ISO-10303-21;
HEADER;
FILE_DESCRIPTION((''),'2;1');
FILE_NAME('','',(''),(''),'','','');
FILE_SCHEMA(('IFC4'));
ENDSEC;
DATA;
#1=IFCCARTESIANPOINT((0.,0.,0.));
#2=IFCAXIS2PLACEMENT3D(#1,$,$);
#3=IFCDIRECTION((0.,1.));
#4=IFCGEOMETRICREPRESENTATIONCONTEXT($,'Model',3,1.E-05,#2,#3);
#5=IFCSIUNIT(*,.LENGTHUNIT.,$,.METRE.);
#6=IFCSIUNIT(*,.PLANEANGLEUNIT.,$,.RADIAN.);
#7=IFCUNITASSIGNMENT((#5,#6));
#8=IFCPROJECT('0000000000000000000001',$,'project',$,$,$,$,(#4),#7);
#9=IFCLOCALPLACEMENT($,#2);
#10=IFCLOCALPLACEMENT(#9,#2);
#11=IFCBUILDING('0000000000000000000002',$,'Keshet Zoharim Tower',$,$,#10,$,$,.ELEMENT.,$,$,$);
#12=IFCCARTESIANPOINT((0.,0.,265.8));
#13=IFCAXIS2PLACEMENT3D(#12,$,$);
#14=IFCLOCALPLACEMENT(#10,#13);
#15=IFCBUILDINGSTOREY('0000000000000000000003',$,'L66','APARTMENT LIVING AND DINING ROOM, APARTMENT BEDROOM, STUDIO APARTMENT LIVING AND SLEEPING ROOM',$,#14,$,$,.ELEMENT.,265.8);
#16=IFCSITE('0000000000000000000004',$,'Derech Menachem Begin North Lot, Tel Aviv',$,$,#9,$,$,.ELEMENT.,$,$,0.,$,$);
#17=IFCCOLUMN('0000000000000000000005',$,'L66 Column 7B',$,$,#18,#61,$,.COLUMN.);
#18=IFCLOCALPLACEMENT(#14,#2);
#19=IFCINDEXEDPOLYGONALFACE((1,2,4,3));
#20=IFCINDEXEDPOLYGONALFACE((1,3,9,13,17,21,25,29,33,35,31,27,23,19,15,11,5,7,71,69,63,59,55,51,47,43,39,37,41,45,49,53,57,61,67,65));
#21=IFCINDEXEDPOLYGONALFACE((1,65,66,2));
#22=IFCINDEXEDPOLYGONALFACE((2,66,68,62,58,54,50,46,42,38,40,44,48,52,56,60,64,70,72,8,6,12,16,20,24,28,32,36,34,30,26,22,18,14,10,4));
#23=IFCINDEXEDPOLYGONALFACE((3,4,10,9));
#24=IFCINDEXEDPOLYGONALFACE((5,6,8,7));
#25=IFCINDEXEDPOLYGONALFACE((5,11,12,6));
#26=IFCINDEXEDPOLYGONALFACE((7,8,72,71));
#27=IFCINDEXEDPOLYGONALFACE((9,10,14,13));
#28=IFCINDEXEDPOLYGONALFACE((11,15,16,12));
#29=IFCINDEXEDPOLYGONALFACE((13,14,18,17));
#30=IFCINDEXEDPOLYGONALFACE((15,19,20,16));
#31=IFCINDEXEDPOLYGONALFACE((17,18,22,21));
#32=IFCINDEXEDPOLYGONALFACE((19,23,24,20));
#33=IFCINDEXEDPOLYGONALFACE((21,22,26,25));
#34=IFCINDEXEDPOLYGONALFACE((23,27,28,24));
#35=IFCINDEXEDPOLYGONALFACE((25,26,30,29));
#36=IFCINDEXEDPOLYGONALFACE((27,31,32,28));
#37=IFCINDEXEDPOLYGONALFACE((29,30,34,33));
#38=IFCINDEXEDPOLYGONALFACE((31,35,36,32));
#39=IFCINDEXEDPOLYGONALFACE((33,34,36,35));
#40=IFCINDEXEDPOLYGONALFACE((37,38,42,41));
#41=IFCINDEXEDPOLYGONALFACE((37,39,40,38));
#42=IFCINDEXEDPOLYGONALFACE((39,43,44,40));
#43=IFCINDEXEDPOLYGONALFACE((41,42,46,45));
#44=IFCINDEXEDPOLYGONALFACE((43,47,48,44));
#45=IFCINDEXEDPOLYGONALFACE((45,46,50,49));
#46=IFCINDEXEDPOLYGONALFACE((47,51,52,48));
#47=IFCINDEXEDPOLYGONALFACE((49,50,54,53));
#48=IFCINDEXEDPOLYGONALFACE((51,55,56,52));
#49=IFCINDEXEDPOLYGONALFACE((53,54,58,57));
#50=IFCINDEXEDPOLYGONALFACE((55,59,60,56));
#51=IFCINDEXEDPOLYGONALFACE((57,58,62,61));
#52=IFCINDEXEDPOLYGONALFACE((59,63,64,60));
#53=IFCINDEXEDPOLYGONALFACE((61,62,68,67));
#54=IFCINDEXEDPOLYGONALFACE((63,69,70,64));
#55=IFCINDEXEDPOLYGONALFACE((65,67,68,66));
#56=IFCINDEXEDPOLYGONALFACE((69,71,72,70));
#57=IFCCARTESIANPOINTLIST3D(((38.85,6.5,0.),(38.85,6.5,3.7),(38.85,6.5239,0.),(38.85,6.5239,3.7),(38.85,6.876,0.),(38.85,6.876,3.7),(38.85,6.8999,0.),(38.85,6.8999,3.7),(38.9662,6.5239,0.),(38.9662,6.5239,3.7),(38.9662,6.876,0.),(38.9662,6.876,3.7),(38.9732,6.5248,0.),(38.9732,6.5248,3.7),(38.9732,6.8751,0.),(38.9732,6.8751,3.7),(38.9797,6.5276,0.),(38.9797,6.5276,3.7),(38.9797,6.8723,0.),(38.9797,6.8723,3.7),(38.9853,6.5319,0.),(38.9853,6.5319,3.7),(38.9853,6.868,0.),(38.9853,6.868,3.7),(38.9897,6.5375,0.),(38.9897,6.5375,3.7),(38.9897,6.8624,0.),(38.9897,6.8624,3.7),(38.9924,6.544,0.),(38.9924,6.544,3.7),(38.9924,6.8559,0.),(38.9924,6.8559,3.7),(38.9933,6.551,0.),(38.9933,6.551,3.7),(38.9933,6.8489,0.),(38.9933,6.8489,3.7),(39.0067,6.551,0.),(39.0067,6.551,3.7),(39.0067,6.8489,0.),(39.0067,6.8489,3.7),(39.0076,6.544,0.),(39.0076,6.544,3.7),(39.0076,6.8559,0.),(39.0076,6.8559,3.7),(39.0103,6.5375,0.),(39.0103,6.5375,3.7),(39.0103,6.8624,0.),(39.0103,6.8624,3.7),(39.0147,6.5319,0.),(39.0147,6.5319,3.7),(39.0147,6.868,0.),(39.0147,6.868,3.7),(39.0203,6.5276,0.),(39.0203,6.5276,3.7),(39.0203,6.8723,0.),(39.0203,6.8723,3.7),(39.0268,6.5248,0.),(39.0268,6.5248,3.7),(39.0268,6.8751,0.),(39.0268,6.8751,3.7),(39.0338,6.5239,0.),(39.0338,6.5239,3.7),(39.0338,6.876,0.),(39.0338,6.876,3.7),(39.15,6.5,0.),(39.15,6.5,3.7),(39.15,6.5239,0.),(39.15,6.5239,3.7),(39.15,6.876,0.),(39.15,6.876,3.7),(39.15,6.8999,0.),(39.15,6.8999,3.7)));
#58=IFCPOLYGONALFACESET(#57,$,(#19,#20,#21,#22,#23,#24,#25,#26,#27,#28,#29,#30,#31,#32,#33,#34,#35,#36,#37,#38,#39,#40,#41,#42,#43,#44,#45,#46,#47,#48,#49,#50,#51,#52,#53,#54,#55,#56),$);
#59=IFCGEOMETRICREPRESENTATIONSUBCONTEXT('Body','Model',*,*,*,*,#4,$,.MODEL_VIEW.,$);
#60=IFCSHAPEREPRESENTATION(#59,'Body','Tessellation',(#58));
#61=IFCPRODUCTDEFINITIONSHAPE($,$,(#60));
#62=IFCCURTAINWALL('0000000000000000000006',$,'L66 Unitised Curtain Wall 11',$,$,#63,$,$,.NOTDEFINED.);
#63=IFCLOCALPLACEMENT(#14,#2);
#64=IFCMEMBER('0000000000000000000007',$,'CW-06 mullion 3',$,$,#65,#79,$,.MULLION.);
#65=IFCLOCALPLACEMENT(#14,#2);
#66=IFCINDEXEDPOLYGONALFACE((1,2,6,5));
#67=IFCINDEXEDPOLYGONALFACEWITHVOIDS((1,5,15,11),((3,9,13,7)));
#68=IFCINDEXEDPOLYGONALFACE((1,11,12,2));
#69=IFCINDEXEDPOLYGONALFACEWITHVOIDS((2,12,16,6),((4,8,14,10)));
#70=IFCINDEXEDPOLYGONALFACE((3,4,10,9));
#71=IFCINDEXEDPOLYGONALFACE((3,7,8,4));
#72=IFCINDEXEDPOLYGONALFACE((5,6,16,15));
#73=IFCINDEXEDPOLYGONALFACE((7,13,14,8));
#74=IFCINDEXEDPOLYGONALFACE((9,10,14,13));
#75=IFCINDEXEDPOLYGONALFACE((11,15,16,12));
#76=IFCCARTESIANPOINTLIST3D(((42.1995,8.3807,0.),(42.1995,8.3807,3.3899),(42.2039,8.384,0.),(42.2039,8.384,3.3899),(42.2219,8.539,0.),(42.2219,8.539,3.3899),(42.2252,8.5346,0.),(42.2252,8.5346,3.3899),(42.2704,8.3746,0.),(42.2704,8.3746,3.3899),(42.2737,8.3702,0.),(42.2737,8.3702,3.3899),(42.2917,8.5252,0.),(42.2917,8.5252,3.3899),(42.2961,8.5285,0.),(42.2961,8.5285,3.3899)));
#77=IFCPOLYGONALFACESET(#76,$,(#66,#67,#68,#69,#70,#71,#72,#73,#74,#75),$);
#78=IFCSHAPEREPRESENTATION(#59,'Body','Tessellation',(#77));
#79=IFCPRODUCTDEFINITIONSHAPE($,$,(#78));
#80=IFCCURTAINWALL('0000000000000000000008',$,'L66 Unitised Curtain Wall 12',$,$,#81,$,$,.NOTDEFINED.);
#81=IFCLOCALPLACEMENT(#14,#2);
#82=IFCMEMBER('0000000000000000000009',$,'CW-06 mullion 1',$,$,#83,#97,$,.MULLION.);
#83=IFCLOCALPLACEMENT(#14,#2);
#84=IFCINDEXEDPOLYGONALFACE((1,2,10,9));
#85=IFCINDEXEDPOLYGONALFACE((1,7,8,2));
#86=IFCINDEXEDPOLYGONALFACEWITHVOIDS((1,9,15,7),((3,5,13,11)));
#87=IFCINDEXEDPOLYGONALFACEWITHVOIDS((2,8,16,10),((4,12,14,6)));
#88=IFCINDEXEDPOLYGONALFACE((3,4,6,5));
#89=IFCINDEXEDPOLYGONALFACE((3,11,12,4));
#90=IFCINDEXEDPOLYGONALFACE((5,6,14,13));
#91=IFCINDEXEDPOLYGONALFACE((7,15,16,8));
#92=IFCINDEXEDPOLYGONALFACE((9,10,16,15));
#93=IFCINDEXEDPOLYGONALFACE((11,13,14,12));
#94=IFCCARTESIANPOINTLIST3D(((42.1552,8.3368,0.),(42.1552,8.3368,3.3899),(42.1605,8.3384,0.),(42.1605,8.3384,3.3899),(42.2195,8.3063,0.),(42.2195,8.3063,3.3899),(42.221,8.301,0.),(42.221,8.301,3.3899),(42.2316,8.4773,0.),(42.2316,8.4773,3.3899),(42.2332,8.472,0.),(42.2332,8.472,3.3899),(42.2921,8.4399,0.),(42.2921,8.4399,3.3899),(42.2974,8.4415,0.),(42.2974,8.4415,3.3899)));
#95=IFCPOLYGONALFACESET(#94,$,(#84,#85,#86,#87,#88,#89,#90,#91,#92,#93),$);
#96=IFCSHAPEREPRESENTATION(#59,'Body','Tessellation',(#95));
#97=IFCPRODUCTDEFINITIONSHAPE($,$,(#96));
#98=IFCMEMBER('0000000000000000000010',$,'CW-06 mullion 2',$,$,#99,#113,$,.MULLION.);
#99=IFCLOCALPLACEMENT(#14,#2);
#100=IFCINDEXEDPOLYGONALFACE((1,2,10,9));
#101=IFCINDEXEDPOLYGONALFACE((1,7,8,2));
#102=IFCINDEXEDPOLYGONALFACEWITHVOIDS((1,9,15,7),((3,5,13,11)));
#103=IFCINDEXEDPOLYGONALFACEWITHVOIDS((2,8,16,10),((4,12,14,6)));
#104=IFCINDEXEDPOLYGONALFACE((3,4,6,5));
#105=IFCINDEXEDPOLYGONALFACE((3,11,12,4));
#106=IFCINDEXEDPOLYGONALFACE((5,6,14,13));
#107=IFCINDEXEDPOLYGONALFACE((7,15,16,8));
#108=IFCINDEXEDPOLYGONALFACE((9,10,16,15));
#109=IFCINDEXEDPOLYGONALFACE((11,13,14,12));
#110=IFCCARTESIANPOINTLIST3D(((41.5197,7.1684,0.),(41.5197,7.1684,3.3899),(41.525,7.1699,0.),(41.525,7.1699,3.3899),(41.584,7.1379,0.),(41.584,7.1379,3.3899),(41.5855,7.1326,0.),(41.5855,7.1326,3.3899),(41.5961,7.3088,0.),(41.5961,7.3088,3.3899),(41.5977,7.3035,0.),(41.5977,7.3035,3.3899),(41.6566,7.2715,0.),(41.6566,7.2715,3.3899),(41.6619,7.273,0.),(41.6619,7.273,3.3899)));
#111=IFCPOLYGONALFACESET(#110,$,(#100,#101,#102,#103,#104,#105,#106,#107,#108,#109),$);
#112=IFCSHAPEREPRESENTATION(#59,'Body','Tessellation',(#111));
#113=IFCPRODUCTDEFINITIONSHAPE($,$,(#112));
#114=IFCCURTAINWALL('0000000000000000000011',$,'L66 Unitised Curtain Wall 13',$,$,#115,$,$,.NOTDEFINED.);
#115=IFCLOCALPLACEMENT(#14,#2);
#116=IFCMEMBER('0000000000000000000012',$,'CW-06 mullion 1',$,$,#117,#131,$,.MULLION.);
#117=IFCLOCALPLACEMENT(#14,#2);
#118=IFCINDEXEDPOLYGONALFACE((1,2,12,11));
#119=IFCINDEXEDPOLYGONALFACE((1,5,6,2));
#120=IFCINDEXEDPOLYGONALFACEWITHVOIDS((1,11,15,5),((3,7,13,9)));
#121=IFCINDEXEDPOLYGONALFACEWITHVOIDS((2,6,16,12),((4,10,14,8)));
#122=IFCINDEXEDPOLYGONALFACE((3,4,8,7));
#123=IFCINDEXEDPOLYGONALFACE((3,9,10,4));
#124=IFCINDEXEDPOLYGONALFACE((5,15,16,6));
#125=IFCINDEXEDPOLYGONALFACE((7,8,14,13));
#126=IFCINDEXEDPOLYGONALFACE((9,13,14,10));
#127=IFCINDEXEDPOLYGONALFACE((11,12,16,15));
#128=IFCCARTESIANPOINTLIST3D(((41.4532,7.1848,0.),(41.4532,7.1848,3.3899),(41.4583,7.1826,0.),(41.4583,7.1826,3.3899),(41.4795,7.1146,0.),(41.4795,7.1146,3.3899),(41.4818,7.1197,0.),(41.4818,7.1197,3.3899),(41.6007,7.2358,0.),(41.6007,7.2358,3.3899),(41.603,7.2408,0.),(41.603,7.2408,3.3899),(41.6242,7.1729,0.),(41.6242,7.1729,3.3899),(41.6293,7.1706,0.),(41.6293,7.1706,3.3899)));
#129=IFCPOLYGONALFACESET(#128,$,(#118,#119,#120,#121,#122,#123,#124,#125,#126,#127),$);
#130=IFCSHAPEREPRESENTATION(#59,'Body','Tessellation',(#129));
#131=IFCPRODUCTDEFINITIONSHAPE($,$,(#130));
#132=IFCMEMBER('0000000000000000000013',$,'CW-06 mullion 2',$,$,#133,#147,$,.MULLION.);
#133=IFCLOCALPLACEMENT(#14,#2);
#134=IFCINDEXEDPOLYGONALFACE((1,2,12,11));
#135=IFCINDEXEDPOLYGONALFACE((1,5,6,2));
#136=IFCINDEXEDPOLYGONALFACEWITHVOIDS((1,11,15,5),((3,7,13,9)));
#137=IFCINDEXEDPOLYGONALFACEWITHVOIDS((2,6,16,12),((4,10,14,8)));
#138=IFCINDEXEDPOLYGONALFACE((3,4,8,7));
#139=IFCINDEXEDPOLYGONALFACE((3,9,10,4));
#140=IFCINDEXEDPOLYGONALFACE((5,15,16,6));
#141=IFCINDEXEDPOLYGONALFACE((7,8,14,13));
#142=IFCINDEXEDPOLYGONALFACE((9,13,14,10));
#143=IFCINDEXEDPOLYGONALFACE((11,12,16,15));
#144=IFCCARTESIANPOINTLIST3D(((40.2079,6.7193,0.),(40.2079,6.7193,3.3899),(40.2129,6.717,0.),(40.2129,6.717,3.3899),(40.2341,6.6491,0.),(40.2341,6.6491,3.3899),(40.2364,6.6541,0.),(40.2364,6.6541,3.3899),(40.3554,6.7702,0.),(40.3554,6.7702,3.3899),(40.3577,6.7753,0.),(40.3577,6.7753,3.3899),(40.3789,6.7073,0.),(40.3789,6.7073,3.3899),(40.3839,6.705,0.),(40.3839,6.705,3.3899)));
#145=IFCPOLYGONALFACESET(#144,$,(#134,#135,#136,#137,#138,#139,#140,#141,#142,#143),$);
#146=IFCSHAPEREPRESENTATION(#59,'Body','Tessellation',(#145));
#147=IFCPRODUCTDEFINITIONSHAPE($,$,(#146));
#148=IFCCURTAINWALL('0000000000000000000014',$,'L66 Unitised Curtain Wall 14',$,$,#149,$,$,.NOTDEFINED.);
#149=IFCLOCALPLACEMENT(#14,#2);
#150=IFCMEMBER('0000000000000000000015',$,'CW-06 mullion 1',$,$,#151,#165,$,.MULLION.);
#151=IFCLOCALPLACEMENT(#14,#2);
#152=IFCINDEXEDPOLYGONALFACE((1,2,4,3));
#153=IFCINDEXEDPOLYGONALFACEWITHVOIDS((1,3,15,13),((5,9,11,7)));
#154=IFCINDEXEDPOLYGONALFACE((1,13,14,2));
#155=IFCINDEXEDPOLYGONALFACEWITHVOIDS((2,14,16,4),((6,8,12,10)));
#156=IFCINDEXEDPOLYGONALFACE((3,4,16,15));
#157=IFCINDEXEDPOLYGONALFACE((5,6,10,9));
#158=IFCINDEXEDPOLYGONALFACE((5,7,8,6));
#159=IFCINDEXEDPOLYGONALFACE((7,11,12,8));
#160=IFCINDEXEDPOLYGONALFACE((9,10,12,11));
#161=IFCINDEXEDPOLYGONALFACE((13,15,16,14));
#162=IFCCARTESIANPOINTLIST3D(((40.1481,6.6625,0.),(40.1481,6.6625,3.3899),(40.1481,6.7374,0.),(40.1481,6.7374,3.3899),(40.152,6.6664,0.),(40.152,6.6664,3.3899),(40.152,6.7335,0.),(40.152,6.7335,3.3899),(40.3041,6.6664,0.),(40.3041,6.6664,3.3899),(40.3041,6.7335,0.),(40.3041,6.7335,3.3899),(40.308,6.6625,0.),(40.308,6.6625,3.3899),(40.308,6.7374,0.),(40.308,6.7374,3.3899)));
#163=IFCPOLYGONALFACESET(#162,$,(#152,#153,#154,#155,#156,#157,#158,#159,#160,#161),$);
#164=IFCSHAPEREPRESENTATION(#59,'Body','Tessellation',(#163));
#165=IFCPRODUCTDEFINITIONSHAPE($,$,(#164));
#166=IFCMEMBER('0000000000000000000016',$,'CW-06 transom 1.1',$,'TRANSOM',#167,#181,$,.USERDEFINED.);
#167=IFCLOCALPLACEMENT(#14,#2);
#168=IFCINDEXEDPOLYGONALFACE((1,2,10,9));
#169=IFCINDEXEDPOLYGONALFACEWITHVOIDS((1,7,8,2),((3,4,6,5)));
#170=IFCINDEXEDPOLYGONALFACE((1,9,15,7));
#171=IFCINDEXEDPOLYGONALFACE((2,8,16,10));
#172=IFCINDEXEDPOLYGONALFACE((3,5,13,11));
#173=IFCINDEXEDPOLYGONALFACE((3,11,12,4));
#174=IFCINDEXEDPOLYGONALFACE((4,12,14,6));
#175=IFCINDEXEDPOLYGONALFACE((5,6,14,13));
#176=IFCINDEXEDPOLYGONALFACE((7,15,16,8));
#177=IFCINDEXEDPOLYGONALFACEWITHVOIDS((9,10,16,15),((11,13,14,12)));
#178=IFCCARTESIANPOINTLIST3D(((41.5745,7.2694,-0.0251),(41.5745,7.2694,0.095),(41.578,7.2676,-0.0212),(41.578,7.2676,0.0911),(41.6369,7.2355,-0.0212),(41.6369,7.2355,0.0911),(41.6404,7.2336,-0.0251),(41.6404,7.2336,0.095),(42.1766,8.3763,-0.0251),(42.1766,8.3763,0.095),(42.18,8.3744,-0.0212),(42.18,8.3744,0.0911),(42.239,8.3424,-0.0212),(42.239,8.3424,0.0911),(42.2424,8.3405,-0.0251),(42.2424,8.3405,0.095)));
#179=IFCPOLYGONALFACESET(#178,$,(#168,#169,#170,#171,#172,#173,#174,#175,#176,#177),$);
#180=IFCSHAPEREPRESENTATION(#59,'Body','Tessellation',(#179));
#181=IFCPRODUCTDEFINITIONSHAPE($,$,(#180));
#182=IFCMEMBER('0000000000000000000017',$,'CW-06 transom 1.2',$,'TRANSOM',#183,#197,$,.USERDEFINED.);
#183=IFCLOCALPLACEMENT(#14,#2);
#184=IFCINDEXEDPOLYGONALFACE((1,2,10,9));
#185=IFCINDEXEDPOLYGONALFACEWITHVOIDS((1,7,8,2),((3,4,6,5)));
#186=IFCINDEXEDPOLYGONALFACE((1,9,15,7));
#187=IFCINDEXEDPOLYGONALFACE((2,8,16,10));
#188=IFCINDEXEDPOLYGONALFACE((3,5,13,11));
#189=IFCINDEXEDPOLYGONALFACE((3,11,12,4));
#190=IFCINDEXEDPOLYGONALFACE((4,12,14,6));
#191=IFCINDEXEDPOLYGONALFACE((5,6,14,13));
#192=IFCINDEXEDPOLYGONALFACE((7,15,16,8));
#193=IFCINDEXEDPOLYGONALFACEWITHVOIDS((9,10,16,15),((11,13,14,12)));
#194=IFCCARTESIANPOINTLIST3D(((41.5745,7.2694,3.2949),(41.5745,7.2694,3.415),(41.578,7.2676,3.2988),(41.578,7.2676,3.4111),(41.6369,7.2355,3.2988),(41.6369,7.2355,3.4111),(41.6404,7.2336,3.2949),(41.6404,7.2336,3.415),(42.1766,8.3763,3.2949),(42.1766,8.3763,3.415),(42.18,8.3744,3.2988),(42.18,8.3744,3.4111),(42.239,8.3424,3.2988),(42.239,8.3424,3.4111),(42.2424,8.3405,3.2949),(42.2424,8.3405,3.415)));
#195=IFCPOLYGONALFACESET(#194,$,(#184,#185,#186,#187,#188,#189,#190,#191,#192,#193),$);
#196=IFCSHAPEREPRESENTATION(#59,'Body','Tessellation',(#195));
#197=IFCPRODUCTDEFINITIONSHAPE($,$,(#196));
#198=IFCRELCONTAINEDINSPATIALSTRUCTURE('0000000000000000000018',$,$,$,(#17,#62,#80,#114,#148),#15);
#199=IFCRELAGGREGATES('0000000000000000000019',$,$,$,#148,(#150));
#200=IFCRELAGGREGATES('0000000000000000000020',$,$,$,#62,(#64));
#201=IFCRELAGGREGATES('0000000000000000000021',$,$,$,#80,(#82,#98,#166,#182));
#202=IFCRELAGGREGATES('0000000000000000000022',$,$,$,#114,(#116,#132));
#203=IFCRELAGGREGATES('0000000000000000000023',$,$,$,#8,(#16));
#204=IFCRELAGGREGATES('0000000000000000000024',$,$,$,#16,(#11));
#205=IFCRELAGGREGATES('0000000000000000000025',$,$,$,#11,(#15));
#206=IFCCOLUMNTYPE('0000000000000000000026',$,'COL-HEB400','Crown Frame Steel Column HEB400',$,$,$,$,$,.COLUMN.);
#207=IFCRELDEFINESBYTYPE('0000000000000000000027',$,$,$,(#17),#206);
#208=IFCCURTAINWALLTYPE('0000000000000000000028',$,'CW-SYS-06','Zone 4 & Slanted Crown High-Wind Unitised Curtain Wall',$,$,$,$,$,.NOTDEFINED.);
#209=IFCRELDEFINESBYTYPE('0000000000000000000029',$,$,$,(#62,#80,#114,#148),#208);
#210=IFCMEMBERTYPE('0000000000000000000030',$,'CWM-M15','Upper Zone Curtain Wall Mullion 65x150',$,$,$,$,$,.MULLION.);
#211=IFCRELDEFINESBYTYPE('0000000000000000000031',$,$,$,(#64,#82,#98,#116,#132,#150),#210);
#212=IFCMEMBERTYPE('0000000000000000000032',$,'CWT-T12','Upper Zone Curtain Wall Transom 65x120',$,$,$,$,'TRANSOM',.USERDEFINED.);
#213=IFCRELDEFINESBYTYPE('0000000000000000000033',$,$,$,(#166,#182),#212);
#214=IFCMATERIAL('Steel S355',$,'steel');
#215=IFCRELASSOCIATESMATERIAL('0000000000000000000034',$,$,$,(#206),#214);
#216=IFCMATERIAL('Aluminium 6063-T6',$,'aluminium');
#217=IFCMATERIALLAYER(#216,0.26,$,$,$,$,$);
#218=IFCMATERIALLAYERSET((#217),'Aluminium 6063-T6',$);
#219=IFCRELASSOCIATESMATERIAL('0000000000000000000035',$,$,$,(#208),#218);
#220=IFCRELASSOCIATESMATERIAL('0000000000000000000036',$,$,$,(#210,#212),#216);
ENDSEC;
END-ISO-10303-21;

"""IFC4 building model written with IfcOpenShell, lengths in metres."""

from ifc_helpers import new_model, si_unit, direction, frame, origin, origin_2d, place, context, subcontext, project, spatial, hollow_rectangle, i_section, extrude, material, layer, layer_set, material_profile, profile_set, type_object, element, aggregate, save


model = new_model("IFC4")

# Units and contexts
model_context = context("Model", 3, precision=1e-05, world=origin(), true_north=direction((0.0, 1.0)))
body_context = subcontext(model_context, "Body", "Model", "MODEL_VIEW")
ifc_project = project(units=[si_unit("LENGTHUNIT", "METRE"), si_unit("PLANEANGLEUNIT", "RADIAN")], contexts=[model_context])

# Site, building, storey
site_placement = place(None, origin())
site = spatial("IfcSite", under=ifc_project, at=site_placement, Name="Derech Menachem Begin North Lot, Tel Aviv", CompositionType="ELEMENT", RefElevation=0.0)
building_placement = place(site_placement, origin())
building = spatial("IfcBuilding", under=site, at=building_placement, Name="Keshet Zoharim Tower", CompositionType="ELEMENT")
storey_placement = place(building_placement, frame((0.0, 0.0, 265.8)))
storey = spatial("IfcBuildingStorey", under=building, at=storey_placement, Name="L66", Description="APARTMENT LIVING AND DINING ROOM, APARTMENT BEDROOM, STUDIO APARTMENT LIVING AND SLEEPING ROOM", CompositionType="ELEMENT", Elevation=265.8)

# Column
ifc_material_1 = material(Name="Steel S355", Category="steel")
ifc_material_profile_1 = material_profile(ifc_material_1, i_section(OverallWidth=0.3, OverallDepth=0.3999, WebThickness=0.0134, FlangeThickness=0.0239, FilletRadius=0.0271, at=origin_2d()), Name="HEB400")
ifc_profile_set_1 = profile_set([ifc_material_profile_1], Name="Steel S355")
column_type = type_object("IfcColumnType", Name="COL-HEB400", Description="Crown Frame Steel Column HEB400", PredefinedType="COLUMN", material=ifc_profile_set_1)
column_placement = place(storey_placement, frame((39.0, 6.7, 0.0), z_axis=(0.0, 0.0, 1.0), x_axis=(1.0, 0.0, 0.0)))
element("IfcColumn", 1, at=column_placement, inside=storey, type_object=column_type, Name="L66 Column 7B", PredefinedType="COLUMN", context=body_context, shape_type="SweptSolid", body=[
    extrude(i_section(OverallWidth=0.3, OverallDepth=0.3999, WebThickness=0.0134, FlangeThickness=0.0239, FilletRadius=0.0271, at=origin_2d()), origin(), (0.0, 0.0, 1.0), 3.7),
])

# Curtain wall, member
ifc_material_2 = material(Name="Aluminium 6063-T6", Category="aluminium")
ifc_layer_1 = layer(ifc_material_2, 0.26)
ifc_layer_set_1 = layer_set([ifc_layer_1], Name="Aluminium 6063-T6")
curtain_wall_type = type_object("IfcCurtainWallType", Name="CW-SYS-06", Description="Zone 4 & Slanted Crown High-Wind Unitised Curtain Wall", PredefinedType="NOTDEFINED", material=ifc_layer_set_1)
curtain_wall_1_placement = place(storey_placement, origin())
curtain_wall_1 = element("IfcCurtainWall", 2, at=curtain_wall_1_placement, inside=storey, type_object=curtain_wall_type, Name="L66 Unitised Curtain Wall 11", PredefinedType="NOTDEFINED")
ifc_material_profile_2 = material_profile(ifc_material_2, hollow_rectangle(XDim=0.075, YDim=0.1599, WallThickness=0.0039, at=origin_2d()), Name="MUL-75x160")
ifc_profile_set_2 = profile_set([ifc_material_profile_2], Name="Aluminium 6063-T6")
member_type_1 = type_object("IfcMemberType", Name="CWM-M15", Description="Upper Zone Curtain Wall Mullion 65x150", PredefinedType="MULLION", material=ifc_profile_set_2)
member_1_placement = place(storey_placement, frame((42.2478, 8.4546, 0.0), z_axis=(0.0, 0.0, 1.0), x_axis=(0.990132, -0.140137, 0.0)))
member_1 = element("IfcMember", 3, at=member_1_placement, type_object=member_type_1, Name="CW-06 mullion 3", PredefinedType="MULLION", context=body_context, shape_type="SweptSolid", body=[
    extrude(hollow_rectangle(XDim=0.075, YDim=0.1599, WallThickness=0.0039, at=origin_2d()), origin(), (0.0, 0.0, 1.0), 3.3899),
])

# Curtain walls, members
curtain_wall_2_placement = place(storey_placement, origin())
curtain_wall_2 = element("IfcCurtainWall", 4, at=curtain_wall_2_placement, inside=storey, type_object=curtain_wall_type, Name="L66 Unitised Curtain Wall 12", PredefinedType="NOTDEFINED")
member_2_placement = place(storey_placement, frame((42.2263, 8.3892, 0.0), z_axis=(0.0, 0.0, 1.0), x_axis=(0.878468, -0.477801, 0.0)))
member_2 = element("IfcMember", 5, at=member_2_placement, type_object=member_type_1, Name="CW-06 mullion 1", PredefinedType="MULLION", context=body_context, shape_type="SweptSolid", body=[
    extrude(hollow_rectangle(XDim=0.075, YDim=0.1599, WallThickness=0.0039, at=origin_2d()), origin(), (0.0, 0.0, 1.0), 3.3899),
])
member_3_placement = place(storey_placement, frame((41.5908, 7.2207, 0.0), z_axis=(0.0, 0.0, 1.0), x_axis=(0.878468, -0.477801, 0.0)))
member_3 = element("IfcMember", 6, at=member_3_placement, type_object=member_type_1, Name="CW-06 mullion 2", PredefinedType="MULLION", context=body_context, shape_type="SweptSolid", body=[
    extrude(hollow_rectangle(XDim=0.075, YDim=0.1599, WallThickness=0.0039, at=origin_2d()), origin(), (0.0, 0.0, 1.0), 3.3899),
])
curtain_wall_3_placement = place(storey_placement, origin())
curtain_wall_3 = element("IfcCurtainWall", 7, at=curtain_wall_3_placement, inside=storey, type_object=curtain_wall_type, Name="L66 Unitised Curtain Wall 13", PredefinedType="NOTDEFINED")
member_4_placement = place(storey_placement, frame((41.5413, 7.1777, 0.0), z_axis=(0.0, 0.0, 1.0), x_axis=(0.350105, -0.93671, 0.0)))
member_4 = element("IfcMember", 8, at=member_4_placement, type_object=member_type_1, Name="CW-06 mullion 1", PredefinedType="MULLION", context=body_context, shape_type="SweptSolid", body=[
    extrude(hollow_rectangle(XDim=0.075, YDim=0.1599, WallThickness=0.0039, at=origin_2d()), origin(), (0.0, 0.0, 1.0), 3.3899),
])
member_5_placement = place(storey_placement, frame((40.2959, 6.7122, 0.0), z_axis=(0.0, 0.0, 1.0), x_axis=(0.350105, -0.93671, 0.0)))
member_5 = element("IfcMember", 9, at=member_5_placement, type_object=member_type_1, Name="CW-06 mullion 2", PredefinedType="MULLION", context=body_context, shape_type="SweptSolid", body=[
    extrude(hollow_rectangle(XDim=0.075, YDim=0.1599, WallThickness=0.0039, at=origin_2d()), origin(), (0.0, 0.0, 1.0), 3.3899),
])

# Curtain wall, member
curtain_wall_4_placement = place(storey_placement, origin())
curtain_wall_4 = element("IfcCurtainWall", 10, at=curtain_wall_4_placement, inside=storey, type_object=curtain_wall_type, Name="L66 Unitised Curtain Wall 14", PredefinedType="NOTDEFINED")
member_6_placement = place(storey_placement, frame((40.228, 6.7, 0.0), z_axis=(0.0, 0.0, 1.0), x_axis=(0.0, -1.0, 0.0)))
member_6 = element("IfcMember", 11, at=member_6_placement, type_object=member_type_1, Name="CW-06 mullion 1", PredefinedType="MULLION", context=body_context, shape_type="SweptSolid", body=[
    extrude(hollow_rectangle(XDim=0.075, YDim=0.1599, WallThickness=0.0039, at=origin_2d()), origin(), (0.0, 0.0, 1.0), 3.3899),
])

# Members
ifc_material_profile_3 = material_profile(ifc_material_2, hollow_rectangle(XDim=0.075, YDim=0.1201, WallThickness=0.0039, at=origin_2d()), Name="TRN-75x120")
ifc_profile_set_3 = profile_set([ifc_material_profile_3], Name="Aluminium 6063-T6")
member_type_2 = type_object("IfcMemberType", Name="CWT-T12", Description="Upper Zone Curtain Wall Transom 65x120", ElementType="TRANSOM", PredefinedType="USERDEFINED", material=ifc_profile_set_3)
member_7_placement = place(storey_placement, frame((42.2095, 8.3584, 0.0349), z_axis=(-0.477793, -0.878472, 0.0), x_axis=(0.878472, -0.477793, 0.0)))
member_7 = element("IfcMember", 12, at=member_7_placement, type_object=member_type_2, Name="CW-06 transom 1.1", ObjectType="TRANSOM", PredefinedType="USERDEFINED", context=body_context, shape_type="SweptSolid", body=[
    extrude(hollow_rectangle(XDim=0.075, YDim=0.1201, WallThickness=0.0039, at=origin_2d()), origin(), (0.0, 0.0, 1.0), 1.26),
])
member_8_placement = place(storey_placement, frame((42.2095, 8.3584, 3.355), z_axis=(-0.477793, -0.878472, 0.0), x_axis=(0.878472, -0.477793, 0.0)))
member_8 = element("IfcMember", 13, at=member_8_placement, type_object=member_type_2, Name="CW-06 transom 1.2", ObjectType="TRANSOM", PredefinedType="USERDEFINED", context=body_context, shape_type="SweptSolid", body=[
    extrude(hollow_rectangle(XDim=0.075, YDim=0.1201, WallThickness=0.0039, at=origin_2d()), origin(), (0.0, 0.0, 1.0), 1.26),
])
aggregate(curtain_wall_4, [member_6])

aggregate(curtain_wall_1, [member_1])
aggregate(curtain_wall_2, [member_2, member_3, member_7, member_8])
aggregate(curtain_wall_3, [member_4, member_5])

save(model, "model.ifc")
